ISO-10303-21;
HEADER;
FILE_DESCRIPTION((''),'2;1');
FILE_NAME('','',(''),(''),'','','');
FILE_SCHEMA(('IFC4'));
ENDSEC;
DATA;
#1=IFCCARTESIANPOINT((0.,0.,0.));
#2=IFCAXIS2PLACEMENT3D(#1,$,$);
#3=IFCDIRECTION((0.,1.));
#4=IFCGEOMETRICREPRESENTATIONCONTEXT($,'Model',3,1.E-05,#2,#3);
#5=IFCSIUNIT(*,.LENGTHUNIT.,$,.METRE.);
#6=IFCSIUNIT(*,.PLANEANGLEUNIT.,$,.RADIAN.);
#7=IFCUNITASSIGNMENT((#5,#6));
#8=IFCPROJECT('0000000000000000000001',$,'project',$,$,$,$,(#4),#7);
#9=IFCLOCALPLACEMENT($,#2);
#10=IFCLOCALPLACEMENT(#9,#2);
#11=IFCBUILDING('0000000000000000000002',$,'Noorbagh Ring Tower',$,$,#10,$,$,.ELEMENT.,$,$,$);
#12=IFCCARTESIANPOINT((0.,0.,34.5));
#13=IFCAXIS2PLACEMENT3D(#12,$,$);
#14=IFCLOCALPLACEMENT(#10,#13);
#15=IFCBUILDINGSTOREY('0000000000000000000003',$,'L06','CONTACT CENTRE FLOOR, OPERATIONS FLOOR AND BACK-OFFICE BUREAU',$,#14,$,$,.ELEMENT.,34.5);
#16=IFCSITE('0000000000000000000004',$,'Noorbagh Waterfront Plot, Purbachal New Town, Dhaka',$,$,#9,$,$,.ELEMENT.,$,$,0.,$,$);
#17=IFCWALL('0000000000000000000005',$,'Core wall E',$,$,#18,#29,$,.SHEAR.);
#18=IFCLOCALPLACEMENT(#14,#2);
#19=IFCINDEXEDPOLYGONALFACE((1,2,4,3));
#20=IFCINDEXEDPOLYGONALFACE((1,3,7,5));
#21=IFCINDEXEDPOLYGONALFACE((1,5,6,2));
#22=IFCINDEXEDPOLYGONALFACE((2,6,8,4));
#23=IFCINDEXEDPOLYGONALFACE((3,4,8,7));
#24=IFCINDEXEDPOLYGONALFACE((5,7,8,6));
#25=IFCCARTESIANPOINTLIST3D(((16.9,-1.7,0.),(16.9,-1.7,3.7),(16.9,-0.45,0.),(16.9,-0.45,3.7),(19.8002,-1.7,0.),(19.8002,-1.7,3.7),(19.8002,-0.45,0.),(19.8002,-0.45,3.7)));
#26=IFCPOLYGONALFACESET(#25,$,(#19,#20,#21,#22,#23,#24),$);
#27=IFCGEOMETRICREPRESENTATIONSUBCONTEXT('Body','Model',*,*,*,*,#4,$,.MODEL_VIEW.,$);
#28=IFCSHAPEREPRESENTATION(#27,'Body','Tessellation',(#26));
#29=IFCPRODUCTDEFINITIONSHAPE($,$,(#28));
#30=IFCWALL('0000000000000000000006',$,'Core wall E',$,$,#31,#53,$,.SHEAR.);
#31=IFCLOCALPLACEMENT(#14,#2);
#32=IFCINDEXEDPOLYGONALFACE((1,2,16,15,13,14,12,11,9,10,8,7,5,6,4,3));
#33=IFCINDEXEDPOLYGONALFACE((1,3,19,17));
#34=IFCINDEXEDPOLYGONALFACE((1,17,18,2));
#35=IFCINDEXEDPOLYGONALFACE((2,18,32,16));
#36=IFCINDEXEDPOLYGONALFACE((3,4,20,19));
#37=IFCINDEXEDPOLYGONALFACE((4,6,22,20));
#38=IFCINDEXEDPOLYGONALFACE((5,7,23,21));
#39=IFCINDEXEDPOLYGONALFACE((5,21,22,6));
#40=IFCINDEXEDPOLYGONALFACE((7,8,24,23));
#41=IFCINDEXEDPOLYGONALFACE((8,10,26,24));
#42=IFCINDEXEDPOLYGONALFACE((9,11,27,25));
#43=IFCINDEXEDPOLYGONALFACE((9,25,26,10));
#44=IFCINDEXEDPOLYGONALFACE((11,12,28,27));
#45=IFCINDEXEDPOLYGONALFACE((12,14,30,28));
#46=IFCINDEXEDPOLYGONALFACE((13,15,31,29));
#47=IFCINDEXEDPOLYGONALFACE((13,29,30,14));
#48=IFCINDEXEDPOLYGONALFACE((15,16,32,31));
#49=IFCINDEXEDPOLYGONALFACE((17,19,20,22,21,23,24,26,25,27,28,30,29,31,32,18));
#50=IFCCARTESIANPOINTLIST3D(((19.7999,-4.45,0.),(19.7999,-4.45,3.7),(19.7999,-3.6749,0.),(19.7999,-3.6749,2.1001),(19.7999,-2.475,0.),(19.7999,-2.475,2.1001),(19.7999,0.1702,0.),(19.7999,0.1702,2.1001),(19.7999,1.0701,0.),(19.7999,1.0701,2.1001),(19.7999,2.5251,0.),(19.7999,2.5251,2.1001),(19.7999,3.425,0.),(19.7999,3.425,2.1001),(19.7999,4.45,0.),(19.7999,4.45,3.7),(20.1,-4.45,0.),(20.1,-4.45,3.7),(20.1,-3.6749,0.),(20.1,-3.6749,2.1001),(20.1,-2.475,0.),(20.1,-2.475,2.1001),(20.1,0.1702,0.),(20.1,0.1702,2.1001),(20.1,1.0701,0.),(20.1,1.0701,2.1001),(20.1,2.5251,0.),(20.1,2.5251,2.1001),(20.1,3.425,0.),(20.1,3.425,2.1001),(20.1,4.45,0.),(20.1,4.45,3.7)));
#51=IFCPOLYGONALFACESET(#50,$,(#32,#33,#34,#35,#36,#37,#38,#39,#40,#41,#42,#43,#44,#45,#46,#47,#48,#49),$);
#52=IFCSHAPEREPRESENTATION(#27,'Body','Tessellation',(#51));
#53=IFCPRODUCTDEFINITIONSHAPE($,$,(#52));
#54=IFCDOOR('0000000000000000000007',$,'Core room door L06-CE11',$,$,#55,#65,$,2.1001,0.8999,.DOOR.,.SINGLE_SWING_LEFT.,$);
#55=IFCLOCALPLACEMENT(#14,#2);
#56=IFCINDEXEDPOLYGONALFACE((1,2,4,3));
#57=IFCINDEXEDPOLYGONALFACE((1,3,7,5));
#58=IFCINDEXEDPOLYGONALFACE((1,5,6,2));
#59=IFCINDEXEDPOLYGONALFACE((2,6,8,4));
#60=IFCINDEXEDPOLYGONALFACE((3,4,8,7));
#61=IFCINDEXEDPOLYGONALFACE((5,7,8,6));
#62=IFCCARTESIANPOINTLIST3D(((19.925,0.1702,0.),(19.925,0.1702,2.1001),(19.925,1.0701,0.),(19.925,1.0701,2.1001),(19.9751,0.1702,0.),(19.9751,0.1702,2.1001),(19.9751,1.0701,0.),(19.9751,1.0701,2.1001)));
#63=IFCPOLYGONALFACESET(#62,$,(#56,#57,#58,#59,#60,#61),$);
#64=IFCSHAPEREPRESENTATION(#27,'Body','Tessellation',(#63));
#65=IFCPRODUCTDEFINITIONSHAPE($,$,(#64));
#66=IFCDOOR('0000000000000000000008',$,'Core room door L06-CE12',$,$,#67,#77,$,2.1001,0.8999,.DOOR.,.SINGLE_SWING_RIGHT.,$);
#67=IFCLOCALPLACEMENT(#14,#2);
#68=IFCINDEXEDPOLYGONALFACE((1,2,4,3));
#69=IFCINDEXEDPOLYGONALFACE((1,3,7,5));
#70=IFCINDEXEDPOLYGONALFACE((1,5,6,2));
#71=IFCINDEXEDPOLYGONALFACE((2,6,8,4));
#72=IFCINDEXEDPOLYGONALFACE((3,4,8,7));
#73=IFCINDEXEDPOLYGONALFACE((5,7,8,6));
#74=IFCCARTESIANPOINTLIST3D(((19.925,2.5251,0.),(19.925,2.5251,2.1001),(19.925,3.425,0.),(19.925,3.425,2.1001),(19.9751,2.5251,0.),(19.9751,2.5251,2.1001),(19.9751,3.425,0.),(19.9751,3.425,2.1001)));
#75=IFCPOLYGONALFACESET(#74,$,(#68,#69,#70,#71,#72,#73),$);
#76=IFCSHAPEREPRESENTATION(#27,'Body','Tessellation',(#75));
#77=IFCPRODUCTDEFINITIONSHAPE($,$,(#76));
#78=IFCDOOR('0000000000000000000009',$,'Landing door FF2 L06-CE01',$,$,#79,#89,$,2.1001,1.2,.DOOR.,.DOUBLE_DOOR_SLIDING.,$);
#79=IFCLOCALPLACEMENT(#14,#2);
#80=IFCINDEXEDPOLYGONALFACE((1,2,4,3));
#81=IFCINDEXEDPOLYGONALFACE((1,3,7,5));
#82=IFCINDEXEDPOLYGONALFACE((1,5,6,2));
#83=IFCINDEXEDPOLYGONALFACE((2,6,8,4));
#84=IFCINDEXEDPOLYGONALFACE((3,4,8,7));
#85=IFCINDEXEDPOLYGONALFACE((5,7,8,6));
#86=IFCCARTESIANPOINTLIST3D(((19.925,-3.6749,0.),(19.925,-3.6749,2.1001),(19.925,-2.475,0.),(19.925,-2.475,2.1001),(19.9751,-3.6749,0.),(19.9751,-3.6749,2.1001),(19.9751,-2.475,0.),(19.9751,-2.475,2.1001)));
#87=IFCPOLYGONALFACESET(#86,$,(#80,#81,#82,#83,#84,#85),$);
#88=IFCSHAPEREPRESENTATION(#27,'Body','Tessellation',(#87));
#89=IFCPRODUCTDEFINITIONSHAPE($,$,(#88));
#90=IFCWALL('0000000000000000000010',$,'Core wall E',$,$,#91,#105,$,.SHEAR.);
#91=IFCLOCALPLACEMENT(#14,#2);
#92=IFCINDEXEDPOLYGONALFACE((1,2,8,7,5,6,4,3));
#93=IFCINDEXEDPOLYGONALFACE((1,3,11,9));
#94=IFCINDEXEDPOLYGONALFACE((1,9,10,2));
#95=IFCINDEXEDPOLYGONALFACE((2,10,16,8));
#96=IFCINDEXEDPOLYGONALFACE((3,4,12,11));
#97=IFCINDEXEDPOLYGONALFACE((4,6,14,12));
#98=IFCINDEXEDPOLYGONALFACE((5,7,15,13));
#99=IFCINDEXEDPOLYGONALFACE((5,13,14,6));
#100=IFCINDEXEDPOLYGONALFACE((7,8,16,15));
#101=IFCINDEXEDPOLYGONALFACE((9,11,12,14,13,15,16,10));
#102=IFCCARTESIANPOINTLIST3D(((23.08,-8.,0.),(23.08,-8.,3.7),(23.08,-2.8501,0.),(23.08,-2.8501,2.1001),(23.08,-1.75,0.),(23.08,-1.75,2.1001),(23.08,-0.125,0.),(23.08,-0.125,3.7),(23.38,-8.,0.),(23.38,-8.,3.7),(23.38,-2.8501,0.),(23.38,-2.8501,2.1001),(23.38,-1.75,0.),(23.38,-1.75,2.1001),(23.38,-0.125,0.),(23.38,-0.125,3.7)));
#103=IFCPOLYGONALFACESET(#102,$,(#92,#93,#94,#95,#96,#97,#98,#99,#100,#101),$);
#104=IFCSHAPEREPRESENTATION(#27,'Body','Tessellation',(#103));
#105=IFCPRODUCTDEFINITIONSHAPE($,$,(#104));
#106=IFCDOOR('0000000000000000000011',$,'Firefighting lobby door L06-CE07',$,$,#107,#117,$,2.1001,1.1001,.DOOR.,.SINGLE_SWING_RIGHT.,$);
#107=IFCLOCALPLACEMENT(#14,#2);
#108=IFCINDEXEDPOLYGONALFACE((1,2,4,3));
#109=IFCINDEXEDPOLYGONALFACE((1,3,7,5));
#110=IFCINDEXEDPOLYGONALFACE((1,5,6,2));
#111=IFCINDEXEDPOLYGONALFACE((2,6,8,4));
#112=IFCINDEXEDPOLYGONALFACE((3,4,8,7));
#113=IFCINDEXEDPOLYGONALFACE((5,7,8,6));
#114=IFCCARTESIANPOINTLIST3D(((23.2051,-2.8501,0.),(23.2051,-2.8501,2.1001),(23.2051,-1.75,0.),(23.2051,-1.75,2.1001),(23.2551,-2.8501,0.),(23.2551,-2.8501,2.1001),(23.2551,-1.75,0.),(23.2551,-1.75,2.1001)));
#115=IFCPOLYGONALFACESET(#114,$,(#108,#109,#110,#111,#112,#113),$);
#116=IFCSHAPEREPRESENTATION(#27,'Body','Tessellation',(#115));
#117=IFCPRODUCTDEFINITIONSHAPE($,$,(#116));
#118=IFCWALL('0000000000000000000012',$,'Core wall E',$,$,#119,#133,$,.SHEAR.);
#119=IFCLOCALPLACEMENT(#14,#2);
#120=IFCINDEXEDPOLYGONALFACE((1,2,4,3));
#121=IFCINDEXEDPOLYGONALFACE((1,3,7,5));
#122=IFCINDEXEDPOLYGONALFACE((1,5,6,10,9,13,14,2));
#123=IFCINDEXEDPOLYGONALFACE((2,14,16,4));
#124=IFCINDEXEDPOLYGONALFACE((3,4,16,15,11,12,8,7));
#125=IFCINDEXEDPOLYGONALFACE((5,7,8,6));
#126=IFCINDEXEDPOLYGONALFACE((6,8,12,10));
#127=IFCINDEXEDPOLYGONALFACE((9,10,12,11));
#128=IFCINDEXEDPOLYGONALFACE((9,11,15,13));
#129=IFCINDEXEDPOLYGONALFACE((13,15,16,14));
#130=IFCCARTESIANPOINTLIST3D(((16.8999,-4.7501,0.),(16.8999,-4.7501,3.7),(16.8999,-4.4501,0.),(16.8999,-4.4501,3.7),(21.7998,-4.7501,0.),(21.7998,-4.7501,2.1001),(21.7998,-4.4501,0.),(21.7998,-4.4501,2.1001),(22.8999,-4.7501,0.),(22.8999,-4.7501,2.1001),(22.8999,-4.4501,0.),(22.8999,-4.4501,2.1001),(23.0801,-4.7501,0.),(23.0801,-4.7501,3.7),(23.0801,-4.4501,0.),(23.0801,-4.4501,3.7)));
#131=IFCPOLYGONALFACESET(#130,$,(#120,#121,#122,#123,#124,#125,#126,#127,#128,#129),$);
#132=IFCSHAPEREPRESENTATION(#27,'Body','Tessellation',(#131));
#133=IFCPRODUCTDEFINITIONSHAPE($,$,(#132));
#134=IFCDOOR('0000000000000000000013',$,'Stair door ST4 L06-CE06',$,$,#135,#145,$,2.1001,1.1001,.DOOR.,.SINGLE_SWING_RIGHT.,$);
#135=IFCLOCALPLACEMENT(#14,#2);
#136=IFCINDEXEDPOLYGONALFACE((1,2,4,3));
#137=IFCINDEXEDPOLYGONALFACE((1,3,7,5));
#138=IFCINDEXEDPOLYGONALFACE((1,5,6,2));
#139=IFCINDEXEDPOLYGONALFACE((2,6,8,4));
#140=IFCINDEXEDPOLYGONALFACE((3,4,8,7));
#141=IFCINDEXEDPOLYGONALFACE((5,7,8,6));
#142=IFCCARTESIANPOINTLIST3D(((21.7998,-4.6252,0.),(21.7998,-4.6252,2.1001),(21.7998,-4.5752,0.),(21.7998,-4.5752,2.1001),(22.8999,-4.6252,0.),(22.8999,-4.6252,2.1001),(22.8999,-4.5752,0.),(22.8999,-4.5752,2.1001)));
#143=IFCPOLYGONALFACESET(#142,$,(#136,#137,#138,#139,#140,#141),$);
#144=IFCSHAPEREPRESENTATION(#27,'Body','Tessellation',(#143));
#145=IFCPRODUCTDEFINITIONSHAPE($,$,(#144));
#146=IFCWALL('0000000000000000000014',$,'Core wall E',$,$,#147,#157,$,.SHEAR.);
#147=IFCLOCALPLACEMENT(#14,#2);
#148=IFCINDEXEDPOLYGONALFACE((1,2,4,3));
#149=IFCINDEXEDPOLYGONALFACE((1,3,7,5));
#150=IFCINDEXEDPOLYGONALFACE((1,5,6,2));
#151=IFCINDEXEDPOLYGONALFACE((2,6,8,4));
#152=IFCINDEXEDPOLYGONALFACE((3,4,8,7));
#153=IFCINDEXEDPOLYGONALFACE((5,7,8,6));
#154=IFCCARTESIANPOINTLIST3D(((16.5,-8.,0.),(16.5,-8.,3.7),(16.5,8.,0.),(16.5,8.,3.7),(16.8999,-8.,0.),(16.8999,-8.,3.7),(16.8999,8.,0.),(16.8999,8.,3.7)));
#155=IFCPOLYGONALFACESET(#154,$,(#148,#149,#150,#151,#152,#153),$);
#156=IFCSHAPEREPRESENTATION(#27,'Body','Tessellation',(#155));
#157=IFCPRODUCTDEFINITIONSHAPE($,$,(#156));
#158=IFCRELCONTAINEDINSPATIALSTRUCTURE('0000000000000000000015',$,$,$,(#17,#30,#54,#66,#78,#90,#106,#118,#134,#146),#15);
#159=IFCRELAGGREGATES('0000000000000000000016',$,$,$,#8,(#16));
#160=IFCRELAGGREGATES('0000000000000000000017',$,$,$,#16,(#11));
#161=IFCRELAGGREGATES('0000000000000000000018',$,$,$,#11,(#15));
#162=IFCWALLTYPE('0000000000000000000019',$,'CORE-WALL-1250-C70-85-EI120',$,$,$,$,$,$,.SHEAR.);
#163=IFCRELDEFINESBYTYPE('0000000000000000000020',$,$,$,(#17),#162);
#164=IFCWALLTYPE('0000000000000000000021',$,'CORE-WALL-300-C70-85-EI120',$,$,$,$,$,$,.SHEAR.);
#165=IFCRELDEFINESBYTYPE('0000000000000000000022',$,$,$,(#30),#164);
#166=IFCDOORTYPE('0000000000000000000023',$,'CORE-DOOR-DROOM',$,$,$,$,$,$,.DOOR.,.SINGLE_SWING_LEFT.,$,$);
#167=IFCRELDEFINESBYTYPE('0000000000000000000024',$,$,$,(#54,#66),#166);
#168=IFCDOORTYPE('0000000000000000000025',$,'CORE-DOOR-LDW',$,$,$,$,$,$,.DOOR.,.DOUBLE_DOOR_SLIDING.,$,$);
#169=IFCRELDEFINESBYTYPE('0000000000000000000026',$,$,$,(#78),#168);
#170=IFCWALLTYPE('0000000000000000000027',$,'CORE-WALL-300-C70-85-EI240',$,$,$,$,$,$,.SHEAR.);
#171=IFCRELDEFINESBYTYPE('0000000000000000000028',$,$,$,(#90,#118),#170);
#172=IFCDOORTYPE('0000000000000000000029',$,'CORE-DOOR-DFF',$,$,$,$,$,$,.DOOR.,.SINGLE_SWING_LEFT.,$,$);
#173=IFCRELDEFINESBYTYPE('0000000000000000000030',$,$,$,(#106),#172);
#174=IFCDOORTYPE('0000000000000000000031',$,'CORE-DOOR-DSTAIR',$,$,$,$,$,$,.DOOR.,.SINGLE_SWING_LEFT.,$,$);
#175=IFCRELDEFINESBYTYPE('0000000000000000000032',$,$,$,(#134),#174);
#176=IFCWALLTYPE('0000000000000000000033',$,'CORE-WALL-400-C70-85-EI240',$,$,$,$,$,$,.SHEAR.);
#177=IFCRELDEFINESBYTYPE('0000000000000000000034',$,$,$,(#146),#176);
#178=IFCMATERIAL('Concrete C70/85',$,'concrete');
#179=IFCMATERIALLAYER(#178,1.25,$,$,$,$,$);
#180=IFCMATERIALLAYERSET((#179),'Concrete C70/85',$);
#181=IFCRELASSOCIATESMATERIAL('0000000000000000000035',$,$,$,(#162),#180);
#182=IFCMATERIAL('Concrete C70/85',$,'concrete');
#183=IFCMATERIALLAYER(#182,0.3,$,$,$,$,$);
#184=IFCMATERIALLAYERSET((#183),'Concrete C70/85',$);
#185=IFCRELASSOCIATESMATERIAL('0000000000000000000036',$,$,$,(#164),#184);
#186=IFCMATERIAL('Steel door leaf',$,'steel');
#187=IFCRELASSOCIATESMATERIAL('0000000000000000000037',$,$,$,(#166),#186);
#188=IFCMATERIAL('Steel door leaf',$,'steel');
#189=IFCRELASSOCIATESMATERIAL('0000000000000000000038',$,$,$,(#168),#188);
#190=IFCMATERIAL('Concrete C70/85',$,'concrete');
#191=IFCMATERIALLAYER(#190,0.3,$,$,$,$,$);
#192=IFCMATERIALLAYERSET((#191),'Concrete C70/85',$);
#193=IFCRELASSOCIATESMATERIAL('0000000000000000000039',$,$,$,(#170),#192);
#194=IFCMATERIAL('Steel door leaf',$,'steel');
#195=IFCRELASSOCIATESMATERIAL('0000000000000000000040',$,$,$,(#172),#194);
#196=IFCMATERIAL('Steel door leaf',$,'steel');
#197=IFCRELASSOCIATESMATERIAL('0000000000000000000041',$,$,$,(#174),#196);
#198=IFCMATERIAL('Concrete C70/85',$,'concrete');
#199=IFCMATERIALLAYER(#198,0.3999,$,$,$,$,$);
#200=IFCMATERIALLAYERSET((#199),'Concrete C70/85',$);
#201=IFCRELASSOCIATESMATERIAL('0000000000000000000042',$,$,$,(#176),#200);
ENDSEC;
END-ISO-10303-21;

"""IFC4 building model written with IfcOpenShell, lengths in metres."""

from ifc_helpers import new_model, si_unit, direction, frame, frame_2d, origin, place, context, subcontext, project, spatial, rectangle, extrude, material, layer, layer_set, type_object, element, fill, save


model = new_model("IFC4")

# Units and contexts
model_context = context("Model", 3, precision=1e-05, world=origin(), true_north=direction((0.0, 1.0)))
body_context = subcontext(model_context, "Body", "Model", "MODEL_VIEW")
ifc_project = project(units=[si_unit("LENGTHUNIT", "METRE"), si_unit("PLANEANGLEUNIT", "RADIAN")], contexts=[model_context])

# Site, building, storey
site_placement = place(None, origin())
site = spatial("IfcSite", under=ifc_project, at=site_placement, Name="Noorbagh Waterfront Plot, Purbachal New Town, Dhaka", CompositionType="ELEMENT", RefElevation=0.0)
building_placement = place(site_placement, origin())
building = spatial("IfcBuilding", under=site, at=building_placement, Name="Noorbagh Ring Tower", CompositionType="ELEMENT")
storey_placement = place(building_placement, frame((0.0, 0.0, 34.5)))
storey = spatial("IfcBuildingStorey", under=building, at=storey_placement, Name="L06", Description="CONTACT CENTRE FLOOR, OPERATIONS FLOOR AND BACK-OFFICE BUREAU", CompositionType="ELEMENT", Elevation=34.5)

# Wall
ifc_material_1 = material(Name="Concrete C70/85", Category="concrete")
ifc_layer_1 = layer(ifc_material_1, 1.25)
ifc_layer_set_1 = layer_set([ifc_layer_1], Name="Concrete C70/85")
wall_type_1 = type_object("IfcWallType", Name="CORE-WALL-1250-C70-85-EI120", PredefinedType="SHEAR", material=ifc_layer_set_1)
wall_1_placement = place(storey_placement, frame((16.8999, -1.075, 0.0), z_axis=(0.0, 0.0, 1.0), x_axis=(1.0, 0.0, 0.0)))
element("IfcWall", 1, at=wall_1_placement, inside=storey, type_object=wall_type_1, Name="Core wall E", PredefinedType="SHEAR", context=body_context, shape_type="SweptSolid", body=[
    extrude(rectangle(XDim=2.9001, YDim=1.25, at=frame_2d((1.4502, 0.0))), origin(), (0.0, 0.0, 1.0), 3.7),
])

# Wall, openings, doors
ifc_material_2 = material(Name="Concrete C70/85", Category="concrete")
ifc_layer_2 = layer(ifc_material_2, 0.3)
ifc_layer_set_2 = layer_set([ifc_layer_2], Name="Concrete C70/85")
wall_type_2 = type_object("IfcWallType", Name="CORE-WALL-300-C70-85-EI120", PredefinedType="SHEAR", material=ifc_layer_set_2)
wall_2_placement = place(storey_placement, frame((19.95, -4.45, 0.0), z_axis=(0.0, 0.0, 1.0), x_axis=(0.0, 1.0, 0.0)))
wall_2 = element("IfcWall", 2, at=wall_2_placement, inside=storey, type_object=wall_type_2, Name="Core wall E", PredefinedType="SHEAR", context=body_context, shape_type="SweptSolid", body=[
    extrude(rectangle(XDim=8.8999, YDim=0.3, at=frame_2d((4.45, 0.0))), origin(), (0.0, 0.0, 1.0), 3.7),
])
opening_1_placement = place(wall_2_placement, frame((0.7749, 0.0, 0.0)))
opening_1 = element("IfcOpeningElement", 3, at=opening_1_placement, cuts=wall_2, PredefinedType="OPENING", context=body_context, shape_type="SweptSolid", body=[
    extrude(rectangle(XDim=1.2, YDim=2.1001, at=frame_2d((0.6001, 1.05))), frame((0.0, 0.1602, 0.0), z_axis=(0.0, -1.0, 0.0), x_axis=(1.0, 0.0, 0.0)), (0.0, 0.0, 1.0), 0.3201),
])
opening_2_placement = place(wall_2_placement, frame((4.6201, 0.0, 0.0)))
opening_2 = element("IfcOpeningElement", 4, at=opening_2_placement, cuts=wall_2, PredefinedType="OPENING", context=body_context, shape_type="SweptSolid", body=[
    extrude(rectangle(XDim=0.8999, YDim=2.1001, at=frame_2d((0.45, 1.05))), frame((0.0, 0.1602, 0.0), z_axis=(0.0, -1.0, 0.0), x_axis=(1.0, 0.0, 0.0)), (0.0, 0.0, 1.0), 0.3201),
])
opening_3_placement = place(wall_2_placement, frame((6.9751, 0.0, 0.0)))
opening_3 = element("IfcOpeningElement", 5, at=opening_3_placement, cuts=wall_2, PredefinedType="OPENING", context=body_context, shape_type="SweptSolid", body=[
    extrude(rectangle(XDim=0.8999, YDim=2.1001, at=frame_2d((0.45, 1.05))), frame((0.0, 0.1602, 0.0), z_axis=(0.0, -1.0, 0.0), x_axis=(1.0, 0.0, 0.0)), (0.0, 0.0, 1.0), 0.3201),
])
ifc_material_3 = material(Name="Steel door leaf", Category="steel")
door_type_1 = type_object("IfcDoorType", Name="CORE-DOOR-DROOM", OperationType="SINGLE_SWING_LEFT", PredefinedType="DOOR", material=ifc_material_3)
door_1_placement = place(opening_2_placement, origin())
door_1 = element("IfcDoor", 6, at=door_1_placement, inside=storey, type_object=door_type_1, Name="Core room door L06-CE11", OperationType="SINGLE_SWING_LEFT", OverallHeight=2.1001, OverallWidth=0.8999, PredefinedType="DOOR", context=body_context, shape_type="SweptSolid", body=[
    extrude(rectangle(XDim=0.8999, YDim=2.1001, at=frame_2d((0.45, 1.05))), frame((0.0, 0.0249, 0.0), z_axis=(0.0, -1.0, 0.0), x_axis=(1.0, 0.0, 0.0)), (0.0, 0.0, 1.0), 0.05),
])
fill(opening_2, door_1)
door_2_placement = place(opening_3_placement, origin())
door_2 = element("IfcDoor", 7, at=door_2_placement, inside=storey, type_object=door_type_1, Name="Core room door L06-CE12", OperationType="SINGLE_SWING_RIGHT", OverallHeight=2.1001, OverallWidth=0.8999, PredefinedType="DOOR", context=body_context, shape_type="SweptSolid", body=[
    extrude(rectangle(XDim=0.8999, YDim=2.1001, at=frame_2d((0.45, 1.05))), frame((0.0, 0.0249, 0.0), z_axis=(0.0, -1.0, 0.0), x_axis=(1.0, 0.0, 0.0)), (0.0, 0.0, 1.0), 0.05),
])
fill(opening_3, door_2)
ifc_material_4 = material(Name="Steel door leaf", Category="steel")
door_type_2 = type_object("IfcDoorType", Name="CORE-DOOR-LDW", OperationType="DOUBLE_DOOR_SLIDING", PredefinedType="DOOR", material=ifc_material_4)
door_3_placement = place(opening_1_placement, origin())
door_3 = element("IfcDoor", 8, at=door_3_placement, inside=storey, type_object=door_type_2, Name="Landing door FF2 L06-CE01", OperationType="DOUBLE_DOOR_SLIDING", OverallHeight=2.1001, OverallWidth=1.2, PredefinedType="DOOR", context=body_context, shape_type="SweptSolid", body=[
    extrude(rectangle(XDim=1.2, YDim=2.1001, at=frame_2d((0.6001, 1.05))), frame((0.0, 0.0249, 0.0), z_axis=(0.0, -1.0, 0.0), x_axis=(1.0, 0.0, 0.0)), (0.0, 0.0, 1.0), 0.05),
])
fill(opening_1, door_3)

# Walls, openings, doors
ifc_material_5 = material(Name="Concrete C70/85", Category="concrete")
ifc_layer_3 = layer(ifc_material_5, 0.3)
ifc_layer_set_3 = layer_set([ifc_layer_3], Name="Concrete C70/85")
wall_type_3 = type_object("IfcWallType", Name="CORE-WALL-300-C70-85-EI240", PredefinedType="SHEAR", material=ifc_layer_set_3)
wall_3_placement = place(storey_placement, frame((23.23, -8.0, 0.0), z_axis=(0.0, 0.0, 1.0), x_axis=(0.0, 1.0, 0.0)))
wall_3 = element("IfcWall", 9, at=wall_3_placement, inside=storey, type_object=wall_type_3, Name="Core wall E", PredefinedType="SHEAR", context=body_context, shape_type="SweptSolid", body=[
    extrude(rectangle(XDim=7.875, YDim=0.3, at=frame_2d((3.9375, 0.0))), origin(), (0.0, 0.0, 1.0), 3.7),
])
opening_4_placement = place(wall_3_placement, frame((5.1499, 0.0, 0.0)))
opening_4 = element("IfcOpeningElement", 10, at=opening_4_placement, cuts=wall_3, PredefinedType="OPENING", context=body_context, shape_type="SweptSolid", body=[
    extrude(rectangle(XDim=1.1001, YDim=2.1001, at=frame_2d((0.55, 1.05))), frame((0.0, 0.1602, 0.0), z_axis=(0.0, -1.0, 0.0), x_axis=(1.0, 0.0, 0.0)), (0.0, 0.0, 1.0), 0.3201),
])
ifc_material_6 = material(Name="Steel door leaf", Category="steel")
door_type_3 = type_object("IfcDoorType", Name="CORE-DOOR-DFF", OperationType="SINGLE_SWING_LEFT", PredefinedType="DOOR", material=ifc_material_6)
door_4_placement = place(opening_4_placement, origin())
door_4 = element("IfcDoor", 11, at=door_4_placement, inside=storey, type_object=door_type_3, Name="Firefighting lobby door L06-CE07", OperationType="SINGLE_SWING_RIGHT", OverallHeight=2.1001, OverallWidth=1.1001, PredefinedType="DOOR", context=body_context, shape_type="SweptSolid", body=[
    extrude(rectangle(XDim=1.1001, YDim=2.1001, at=frame_2d((0.55, 1.05))), frame((0.0, 0.0249, 0.0), z_axis=(0.0, -1.0, 0.0), x_axis=(1.0, 0.0, 0.0)), (0.0, 0.0, 1.0), 0.05),
])
fill(opening_4, door_4)
wall_4_placement = place(storey_placement, frame((16.8999, -4.6001, 0.0), z_axis=(0.0, 0.0, 1.0), x_axis=(1.0, 0.0, 0.0)))
wall_4 = element("IfcWall", 12, at=wall_4_placement, inside=storey, type_object=wall_type_3, Name="Core wall E", PredefinedType="SHEAR", context=body_context, shape_type="SweptSolid", body=[
    extrude(rectangle(XDim=6.1802, YDim=0.3, at=frame_2d((3.0901, 0.0))), origin(), (0.0, 0.0, 1.0), 3.7),
])
opening_5_placement = place(wall_4_placement, frame((4.8999, 0.0, 0.0)))
opening_5 = element("IfcOpeningElement", 13, at=opening_5_placement, cuts=wall_4, PredefinedType="OPENING", context=body_context, shape_type="SweptSolid", body=[
    extrude(rectangle(XDim=1.1001, YDim=2.1001, at=frame_2d((0.55, 1.05))), frame((0.0, 0.1602, 0.0), z_axis=(0.0, -1.0, 0.0), x_axis=(1.0, 0.0, 0.0)), (0.0, 0.0, 1.0), 0.3201),
])
ifc_material_7 = material(Name="Steel door leaf", Category="steel")
door_type_4 = type_object("IfcDoorType", Name="CORE-DOOR-DSTAIR", OperationType="SINGLE_SWING_LEFT", PredefinedType="DOOR", material=ifc_material_7)
door_5_placement = place(opening_5_placement, origin())
door_5 = element("IfcDoor", 14, at=door_5_placement, inside=storey, type_object=door_type_4, Name="Stair door ST4 L06-CE06", OperationType="SINGLE_SWING_RIGHT", OverallHeight=2.1001, OverallWidth=1.1001, PredefinedType="DOOR", context=body_context, shape_type="SweptSolid", body=[
    extrude(rectangle(XDim=1.1001, YDim=2.1001, at=frame_2d((0.55, 1.05))), frame((0.0, 0.0249, 0.0), z_axis=(0.0, -1.0, 0.0), x_axis=(1.0, 0.0, 0.0)), (0.0, 0.0, 1.0), 0.05),
])
fill(opening_5, door_5)

# Wall
ifc_material_8 = material(Name="Concrete C70/85", Category="concrete")
ifc_layer_4 = layer(ifc_material_8, 0.3999)
ifc_layer_set_4 = layer_set([ifc_layer_4], Name="Concrete C70/85")
wall_type_4 = type_object("IfcWallType", Name="CORE-WALL-400-C70-85-EI240", PredefinedType="SHEAR", material=ifc_layer_set_4)
wall_5_placement = place(storey_placement, frame((16.7, -8.0, 0.0), z_axis=(0.0, 0.0, 1.0), x_axis=(0.0, 1.0, 0.0)))
element("IfcWall", 15, at=wall_5_placement, inside=storey, type_object=wall_type_4, Name="Core wall E", PredefinedType="SHEAR", context=body_context, shape_type="SweptSolid", body=[
    extrude(rectangle(XDim=16.0, YDim=0.3999, at=frame_2d((8.0, 0.0))), origin(), (0.0, 0.0, 1.0), 3.7),
])

save(model, "model.ifc")
